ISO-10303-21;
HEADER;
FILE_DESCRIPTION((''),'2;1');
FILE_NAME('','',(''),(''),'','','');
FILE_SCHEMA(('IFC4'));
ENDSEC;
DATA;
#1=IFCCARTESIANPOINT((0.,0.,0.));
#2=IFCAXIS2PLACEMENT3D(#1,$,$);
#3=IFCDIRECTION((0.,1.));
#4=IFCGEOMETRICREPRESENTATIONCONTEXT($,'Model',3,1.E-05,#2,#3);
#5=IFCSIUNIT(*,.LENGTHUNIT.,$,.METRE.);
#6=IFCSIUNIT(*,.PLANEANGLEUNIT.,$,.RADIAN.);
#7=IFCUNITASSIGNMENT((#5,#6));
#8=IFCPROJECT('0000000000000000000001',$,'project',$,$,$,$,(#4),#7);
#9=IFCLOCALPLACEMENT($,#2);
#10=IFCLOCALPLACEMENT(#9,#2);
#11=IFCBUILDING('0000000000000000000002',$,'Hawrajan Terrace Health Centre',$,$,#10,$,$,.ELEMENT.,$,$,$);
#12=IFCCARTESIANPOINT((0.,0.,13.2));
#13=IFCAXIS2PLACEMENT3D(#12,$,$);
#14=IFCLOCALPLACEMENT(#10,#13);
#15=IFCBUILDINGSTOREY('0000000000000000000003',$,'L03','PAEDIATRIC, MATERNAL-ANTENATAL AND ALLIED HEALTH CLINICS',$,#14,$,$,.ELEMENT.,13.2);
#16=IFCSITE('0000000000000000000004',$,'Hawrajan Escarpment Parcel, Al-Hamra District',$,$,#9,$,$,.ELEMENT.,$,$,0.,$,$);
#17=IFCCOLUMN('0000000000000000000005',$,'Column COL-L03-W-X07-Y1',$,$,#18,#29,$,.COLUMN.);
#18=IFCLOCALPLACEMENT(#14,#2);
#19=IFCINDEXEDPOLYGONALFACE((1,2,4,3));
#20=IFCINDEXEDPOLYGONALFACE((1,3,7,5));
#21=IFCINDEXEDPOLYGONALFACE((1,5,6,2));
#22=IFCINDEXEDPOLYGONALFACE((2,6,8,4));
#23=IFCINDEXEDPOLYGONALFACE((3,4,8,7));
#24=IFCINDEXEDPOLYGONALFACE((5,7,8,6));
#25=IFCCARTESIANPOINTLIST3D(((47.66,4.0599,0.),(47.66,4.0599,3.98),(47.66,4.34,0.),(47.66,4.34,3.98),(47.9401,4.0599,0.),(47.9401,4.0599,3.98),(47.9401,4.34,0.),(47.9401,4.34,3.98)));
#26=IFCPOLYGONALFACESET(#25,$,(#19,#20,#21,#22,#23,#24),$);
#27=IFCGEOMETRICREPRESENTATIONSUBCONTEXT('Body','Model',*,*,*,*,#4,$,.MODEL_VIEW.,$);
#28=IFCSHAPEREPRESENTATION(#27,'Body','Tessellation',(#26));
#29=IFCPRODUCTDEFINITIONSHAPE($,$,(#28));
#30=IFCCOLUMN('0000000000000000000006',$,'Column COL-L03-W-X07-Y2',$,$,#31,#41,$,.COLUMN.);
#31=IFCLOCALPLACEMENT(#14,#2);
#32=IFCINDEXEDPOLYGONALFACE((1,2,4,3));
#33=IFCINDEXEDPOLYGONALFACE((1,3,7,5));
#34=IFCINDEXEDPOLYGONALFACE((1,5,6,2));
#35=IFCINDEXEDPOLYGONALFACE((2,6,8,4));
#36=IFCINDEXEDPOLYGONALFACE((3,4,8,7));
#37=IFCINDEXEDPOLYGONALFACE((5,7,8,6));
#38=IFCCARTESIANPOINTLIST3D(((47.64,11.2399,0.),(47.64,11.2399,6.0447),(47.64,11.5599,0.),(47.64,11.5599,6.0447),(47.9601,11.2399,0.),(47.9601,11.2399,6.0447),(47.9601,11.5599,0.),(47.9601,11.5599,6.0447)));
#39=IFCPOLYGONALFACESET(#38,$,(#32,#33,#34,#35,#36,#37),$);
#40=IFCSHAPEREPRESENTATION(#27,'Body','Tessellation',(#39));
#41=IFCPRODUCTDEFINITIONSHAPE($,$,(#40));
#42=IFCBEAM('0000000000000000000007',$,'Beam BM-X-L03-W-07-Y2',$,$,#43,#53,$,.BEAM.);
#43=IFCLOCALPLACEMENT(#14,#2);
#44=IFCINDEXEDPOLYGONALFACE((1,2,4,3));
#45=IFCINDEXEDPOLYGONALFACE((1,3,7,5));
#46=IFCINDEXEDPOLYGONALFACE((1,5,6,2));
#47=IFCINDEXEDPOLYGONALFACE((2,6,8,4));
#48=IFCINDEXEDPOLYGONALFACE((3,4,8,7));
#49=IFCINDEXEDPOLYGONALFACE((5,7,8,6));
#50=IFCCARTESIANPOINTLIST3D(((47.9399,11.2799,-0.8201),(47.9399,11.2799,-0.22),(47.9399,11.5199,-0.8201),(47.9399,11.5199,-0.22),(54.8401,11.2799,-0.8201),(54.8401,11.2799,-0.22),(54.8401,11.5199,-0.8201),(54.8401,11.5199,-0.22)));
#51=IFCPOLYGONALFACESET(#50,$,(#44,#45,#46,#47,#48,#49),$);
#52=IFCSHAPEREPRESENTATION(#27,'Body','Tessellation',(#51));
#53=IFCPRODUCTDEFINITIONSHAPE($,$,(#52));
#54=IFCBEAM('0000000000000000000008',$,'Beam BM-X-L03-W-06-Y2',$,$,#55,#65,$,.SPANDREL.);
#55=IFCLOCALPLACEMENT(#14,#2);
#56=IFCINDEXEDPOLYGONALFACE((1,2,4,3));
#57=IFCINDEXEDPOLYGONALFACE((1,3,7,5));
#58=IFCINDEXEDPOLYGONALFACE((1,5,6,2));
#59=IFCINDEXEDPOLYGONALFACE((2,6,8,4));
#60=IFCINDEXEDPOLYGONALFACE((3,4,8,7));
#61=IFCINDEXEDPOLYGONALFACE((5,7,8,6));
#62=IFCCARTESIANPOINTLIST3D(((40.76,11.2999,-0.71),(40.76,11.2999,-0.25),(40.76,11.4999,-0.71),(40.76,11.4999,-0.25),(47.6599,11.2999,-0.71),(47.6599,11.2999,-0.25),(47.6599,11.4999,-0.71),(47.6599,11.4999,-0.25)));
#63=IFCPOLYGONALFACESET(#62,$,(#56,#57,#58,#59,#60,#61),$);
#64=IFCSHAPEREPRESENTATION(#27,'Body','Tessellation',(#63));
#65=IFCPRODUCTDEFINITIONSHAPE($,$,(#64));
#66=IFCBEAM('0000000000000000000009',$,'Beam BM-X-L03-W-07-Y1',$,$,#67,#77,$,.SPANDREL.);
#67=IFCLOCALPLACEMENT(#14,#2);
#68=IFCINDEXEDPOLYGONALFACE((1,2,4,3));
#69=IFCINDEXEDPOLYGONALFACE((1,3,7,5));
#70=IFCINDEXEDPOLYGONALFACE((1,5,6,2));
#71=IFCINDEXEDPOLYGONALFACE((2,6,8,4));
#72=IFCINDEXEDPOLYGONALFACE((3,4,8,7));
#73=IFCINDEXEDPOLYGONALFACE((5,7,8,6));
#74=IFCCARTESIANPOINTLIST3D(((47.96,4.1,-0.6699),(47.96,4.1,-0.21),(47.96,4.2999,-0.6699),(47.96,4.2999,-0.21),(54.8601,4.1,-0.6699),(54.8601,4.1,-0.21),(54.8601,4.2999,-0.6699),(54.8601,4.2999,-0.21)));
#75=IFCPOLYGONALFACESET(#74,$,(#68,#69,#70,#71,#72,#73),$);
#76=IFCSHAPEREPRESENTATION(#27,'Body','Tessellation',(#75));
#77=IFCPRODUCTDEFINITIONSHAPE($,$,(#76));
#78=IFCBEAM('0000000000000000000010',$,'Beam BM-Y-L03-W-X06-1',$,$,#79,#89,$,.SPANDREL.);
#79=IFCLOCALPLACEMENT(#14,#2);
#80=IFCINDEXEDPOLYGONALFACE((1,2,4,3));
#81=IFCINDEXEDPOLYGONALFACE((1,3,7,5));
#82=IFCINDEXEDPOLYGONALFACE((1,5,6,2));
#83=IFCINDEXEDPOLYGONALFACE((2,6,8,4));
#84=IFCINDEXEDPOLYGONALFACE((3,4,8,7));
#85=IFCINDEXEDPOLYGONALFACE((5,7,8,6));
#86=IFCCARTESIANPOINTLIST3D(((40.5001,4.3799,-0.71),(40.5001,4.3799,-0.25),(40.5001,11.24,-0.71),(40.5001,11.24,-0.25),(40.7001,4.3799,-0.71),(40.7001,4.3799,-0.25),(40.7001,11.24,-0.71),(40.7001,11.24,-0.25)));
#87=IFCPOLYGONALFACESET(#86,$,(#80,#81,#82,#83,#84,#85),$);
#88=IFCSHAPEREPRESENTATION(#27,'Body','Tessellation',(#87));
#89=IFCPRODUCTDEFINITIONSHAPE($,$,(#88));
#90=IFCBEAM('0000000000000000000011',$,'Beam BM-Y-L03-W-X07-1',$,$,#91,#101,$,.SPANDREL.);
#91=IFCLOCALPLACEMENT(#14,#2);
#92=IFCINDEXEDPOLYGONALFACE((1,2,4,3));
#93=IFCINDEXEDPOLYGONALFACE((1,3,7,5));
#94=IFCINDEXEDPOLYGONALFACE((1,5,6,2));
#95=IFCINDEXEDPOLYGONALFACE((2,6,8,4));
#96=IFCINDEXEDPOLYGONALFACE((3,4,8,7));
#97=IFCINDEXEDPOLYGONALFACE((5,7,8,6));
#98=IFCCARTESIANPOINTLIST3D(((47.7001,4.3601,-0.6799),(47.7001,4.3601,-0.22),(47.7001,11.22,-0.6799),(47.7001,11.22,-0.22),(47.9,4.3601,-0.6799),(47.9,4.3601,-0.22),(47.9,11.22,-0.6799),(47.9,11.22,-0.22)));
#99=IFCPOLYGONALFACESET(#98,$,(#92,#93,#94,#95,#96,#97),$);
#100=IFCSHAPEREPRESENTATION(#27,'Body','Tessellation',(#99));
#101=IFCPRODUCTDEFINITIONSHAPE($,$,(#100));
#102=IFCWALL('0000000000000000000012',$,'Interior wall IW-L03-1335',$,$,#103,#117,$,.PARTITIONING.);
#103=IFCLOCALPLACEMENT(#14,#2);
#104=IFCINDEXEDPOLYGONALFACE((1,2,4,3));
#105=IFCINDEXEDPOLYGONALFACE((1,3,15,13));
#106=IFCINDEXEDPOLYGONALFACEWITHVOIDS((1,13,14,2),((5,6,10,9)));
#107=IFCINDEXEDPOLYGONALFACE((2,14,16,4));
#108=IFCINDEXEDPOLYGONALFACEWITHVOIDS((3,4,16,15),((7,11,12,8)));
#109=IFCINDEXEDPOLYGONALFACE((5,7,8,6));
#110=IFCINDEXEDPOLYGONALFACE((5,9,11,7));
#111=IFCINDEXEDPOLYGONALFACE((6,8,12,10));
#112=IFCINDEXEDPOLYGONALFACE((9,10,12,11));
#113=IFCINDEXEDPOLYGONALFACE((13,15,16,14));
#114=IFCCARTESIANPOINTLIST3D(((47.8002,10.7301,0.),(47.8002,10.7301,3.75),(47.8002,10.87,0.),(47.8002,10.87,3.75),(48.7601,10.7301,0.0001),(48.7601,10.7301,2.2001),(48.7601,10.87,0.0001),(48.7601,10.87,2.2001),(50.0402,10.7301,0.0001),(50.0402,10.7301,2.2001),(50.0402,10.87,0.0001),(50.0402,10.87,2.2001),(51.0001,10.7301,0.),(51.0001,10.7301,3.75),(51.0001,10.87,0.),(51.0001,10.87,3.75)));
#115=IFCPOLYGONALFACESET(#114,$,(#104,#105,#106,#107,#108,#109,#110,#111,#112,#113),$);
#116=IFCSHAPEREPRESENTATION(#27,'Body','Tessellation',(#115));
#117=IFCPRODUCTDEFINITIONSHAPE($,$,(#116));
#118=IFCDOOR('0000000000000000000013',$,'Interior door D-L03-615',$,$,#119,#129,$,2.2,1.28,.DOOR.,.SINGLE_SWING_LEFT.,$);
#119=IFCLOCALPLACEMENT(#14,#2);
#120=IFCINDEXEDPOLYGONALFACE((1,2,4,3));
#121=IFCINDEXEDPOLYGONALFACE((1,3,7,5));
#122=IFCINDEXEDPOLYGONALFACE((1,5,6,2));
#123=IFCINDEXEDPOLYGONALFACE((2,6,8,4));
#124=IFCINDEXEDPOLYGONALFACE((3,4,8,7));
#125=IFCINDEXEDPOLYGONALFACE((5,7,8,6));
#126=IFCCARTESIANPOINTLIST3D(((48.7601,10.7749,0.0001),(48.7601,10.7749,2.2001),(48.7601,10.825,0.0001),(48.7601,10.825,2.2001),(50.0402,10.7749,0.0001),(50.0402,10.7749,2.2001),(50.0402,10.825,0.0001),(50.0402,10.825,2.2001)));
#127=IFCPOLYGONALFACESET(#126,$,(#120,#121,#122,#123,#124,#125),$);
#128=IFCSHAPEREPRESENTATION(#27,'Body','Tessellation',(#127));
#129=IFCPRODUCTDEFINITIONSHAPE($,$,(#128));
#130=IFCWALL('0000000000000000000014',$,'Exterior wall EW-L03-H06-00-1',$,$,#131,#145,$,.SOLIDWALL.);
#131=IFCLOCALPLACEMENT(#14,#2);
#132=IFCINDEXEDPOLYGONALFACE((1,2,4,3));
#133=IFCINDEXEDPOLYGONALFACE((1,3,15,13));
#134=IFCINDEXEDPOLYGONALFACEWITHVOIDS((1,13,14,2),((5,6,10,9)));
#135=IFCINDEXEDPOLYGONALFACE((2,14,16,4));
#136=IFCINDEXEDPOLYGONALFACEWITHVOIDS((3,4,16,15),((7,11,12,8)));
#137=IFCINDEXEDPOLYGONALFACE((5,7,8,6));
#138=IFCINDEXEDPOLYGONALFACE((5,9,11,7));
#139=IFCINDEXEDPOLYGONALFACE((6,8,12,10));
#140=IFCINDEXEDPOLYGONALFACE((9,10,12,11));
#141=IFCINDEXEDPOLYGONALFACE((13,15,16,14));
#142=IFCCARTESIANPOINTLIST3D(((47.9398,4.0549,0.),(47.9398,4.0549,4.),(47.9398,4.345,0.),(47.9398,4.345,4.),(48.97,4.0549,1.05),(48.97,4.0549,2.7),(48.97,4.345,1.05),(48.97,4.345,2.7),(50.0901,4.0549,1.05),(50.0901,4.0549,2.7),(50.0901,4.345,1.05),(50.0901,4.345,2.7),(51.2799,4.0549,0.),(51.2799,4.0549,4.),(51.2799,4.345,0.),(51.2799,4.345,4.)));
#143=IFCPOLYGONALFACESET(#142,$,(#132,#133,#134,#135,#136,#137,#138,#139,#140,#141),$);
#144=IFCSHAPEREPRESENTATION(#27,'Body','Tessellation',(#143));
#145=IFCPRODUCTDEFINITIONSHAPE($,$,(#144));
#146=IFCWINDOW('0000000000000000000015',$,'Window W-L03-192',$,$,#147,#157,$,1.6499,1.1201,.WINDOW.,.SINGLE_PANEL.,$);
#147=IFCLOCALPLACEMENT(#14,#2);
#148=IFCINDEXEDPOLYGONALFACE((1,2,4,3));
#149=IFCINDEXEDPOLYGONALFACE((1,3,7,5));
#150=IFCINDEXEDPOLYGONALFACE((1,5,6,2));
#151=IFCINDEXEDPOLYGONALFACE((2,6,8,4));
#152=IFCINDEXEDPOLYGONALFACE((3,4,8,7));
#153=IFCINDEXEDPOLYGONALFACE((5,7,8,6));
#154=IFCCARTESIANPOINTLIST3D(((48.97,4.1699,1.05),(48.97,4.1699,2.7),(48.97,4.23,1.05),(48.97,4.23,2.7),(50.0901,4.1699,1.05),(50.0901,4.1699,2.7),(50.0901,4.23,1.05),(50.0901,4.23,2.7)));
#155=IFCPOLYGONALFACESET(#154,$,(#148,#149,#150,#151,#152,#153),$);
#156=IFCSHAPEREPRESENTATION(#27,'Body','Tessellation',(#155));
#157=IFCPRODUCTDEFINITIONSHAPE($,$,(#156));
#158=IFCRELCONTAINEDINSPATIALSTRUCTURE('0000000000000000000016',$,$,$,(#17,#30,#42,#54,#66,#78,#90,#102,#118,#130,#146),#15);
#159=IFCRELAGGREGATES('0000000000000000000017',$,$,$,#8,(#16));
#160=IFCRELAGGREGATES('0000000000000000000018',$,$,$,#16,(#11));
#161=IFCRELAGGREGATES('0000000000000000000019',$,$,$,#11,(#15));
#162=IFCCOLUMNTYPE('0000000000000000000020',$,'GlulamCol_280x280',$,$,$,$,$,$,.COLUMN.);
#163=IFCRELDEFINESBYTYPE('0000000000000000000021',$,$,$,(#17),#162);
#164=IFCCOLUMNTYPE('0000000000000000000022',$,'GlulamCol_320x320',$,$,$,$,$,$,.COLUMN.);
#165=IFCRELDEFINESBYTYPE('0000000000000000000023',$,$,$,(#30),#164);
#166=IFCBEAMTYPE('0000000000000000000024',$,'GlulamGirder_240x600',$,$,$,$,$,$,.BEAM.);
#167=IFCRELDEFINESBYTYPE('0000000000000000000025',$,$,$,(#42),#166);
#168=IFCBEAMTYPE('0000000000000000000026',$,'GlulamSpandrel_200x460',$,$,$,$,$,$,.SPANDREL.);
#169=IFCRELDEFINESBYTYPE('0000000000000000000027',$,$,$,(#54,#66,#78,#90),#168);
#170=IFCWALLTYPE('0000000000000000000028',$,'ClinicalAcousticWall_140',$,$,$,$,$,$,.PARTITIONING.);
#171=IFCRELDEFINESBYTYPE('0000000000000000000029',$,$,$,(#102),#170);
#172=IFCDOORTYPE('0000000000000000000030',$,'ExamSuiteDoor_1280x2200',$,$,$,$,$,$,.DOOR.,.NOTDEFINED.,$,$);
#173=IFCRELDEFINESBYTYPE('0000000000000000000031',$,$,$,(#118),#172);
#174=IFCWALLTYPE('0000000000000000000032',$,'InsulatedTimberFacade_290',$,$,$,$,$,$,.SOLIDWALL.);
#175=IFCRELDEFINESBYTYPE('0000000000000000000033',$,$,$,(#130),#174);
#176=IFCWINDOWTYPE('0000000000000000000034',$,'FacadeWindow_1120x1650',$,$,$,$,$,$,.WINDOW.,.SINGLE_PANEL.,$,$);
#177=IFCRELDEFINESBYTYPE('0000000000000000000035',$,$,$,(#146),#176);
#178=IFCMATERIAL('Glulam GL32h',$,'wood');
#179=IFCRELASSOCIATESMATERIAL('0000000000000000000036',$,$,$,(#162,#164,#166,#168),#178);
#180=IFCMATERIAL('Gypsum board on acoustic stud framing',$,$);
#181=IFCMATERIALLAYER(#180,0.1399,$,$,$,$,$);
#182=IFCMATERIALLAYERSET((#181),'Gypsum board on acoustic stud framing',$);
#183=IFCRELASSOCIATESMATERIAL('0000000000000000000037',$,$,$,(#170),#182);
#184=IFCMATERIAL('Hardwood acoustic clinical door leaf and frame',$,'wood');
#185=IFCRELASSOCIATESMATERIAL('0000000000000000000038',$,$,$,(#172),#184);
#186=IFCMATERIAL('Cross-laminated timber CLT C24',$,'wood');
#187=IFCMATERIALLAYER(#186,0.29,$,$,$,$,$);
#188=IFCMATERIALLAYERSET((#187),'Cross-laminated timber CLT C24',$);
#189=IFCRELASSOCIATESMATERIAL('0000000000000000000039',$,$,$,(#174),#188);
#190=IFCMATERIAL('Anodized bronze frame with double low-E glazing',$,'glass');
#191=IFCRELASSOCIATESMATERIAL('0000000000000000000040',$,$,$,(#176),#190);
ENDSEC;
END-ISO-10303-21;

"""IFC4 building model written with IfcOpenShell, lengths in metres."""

from ifc_helpers import new_model, si_unit, direction, frame, frame_2d, origin, origin_2d, place, context, subcontext, project, spatial, rectangle, extrude, material, layer, layer_set, material_profile, profile_set, type_object, element, fill, save


model = new_model("IFC4")

# Units and contexts
model_context = context("Model", 3, precision=1e-05, world=origin(), true_north=direction((0.0, 1.0)))
body_context = subcontext(model_context, "Body", "Model", "MODEL_VIEW")
ifc_project = project(units=[si_unit("LENGTHUNIT", "METRE"), si_unit("PLANEANGLEUNIT", "RADIAN")], contexts=[model_context])

# Site, building, storey
site_placement = place(None, origin())
site = spatial("IfcSite", under=ifc_project, at=site_placement, Name="Hawrajan Escarpment Parcel, Al-Hamra District", CompositionType="ELEMENT", RefElevation=0.0)
building_placement = place(site_placement, origin())
building = spatial("IfcBuilding", under=site, at=building_placement, Name="Hawrajan Terrace Health Centre", CompositionType="ELEMENT")
storey_placement = place(building_placement, frame((0.0, 0.0, 13.2)))
storey = spatial("IfcBuildingStorey", under=building, at=storey_placement, Name="L03", Description="PAEDIATRIC, MATERNAL-ANTENATAL AND ALLIED HEALTH CLINICS", CompositionType="ELEMENT", Elevation=13.2)

# Columns
ifc_material_1 = material(Name="Glulam GL32h", Category="wood")
ifc_material_profile_1 = material_profile(ifc_material_1, rectangle(XDim=0.28, YDim=0.28, at=origin_2d()), Name="GL 280x280")
ifc_profile_set_1 = profile_set([ifc_material_profile_1], Name="Glulam GL32h")
column_type_1 = type_object("IfcColumnType", Name="GlulamCol_280x280", PredefinedType="COLUMN", material=ifc_profile_set_1)
column_1_placement = place(storey_placement, frame((47.8, 4.2, 0.0), z_axis=(0.0, 0.0, 1.0), x_axis=(1.0, 0.0, 0.0)))
element("IfcColumn", 1, at=column_1_placement, inside=storey, type_object=column_type_1, Name="Column COL-L03-W-X07-Y1", PredefinedType="COLUMN", context=body_context, shape_type="SweptSolid", body=[
    extrude(rectangle(XDim=0.28, YDim=0.28, at=origin_2d()), origin(), (0.0, 0.0, 1.0), 3.98),
])
ifc_material_profile_2 = material_profile(ifc_material_1, rectangle(XDim=0.3201, YDim=0.3201, at=origin_2d()), Name="GL 320x320")
ifc_profile_set_2 = profile_set([ifc_material_profile_2], Name="Glulam GL32h")
column_type_2 = type_object("IfcColumnType", Name="GlulamCol_320x320", PredefinedType="COLUMN", material=ifc_profile_set_2)
column_2_placement = place(storey_placement, frame((47.8, 11.3999, 0.0), z_axis=(0.0, 0.0, 1.0), x_axis=(1.0, 0.0, 0.0)))
element("IfcColumn", 2, at=column_2_placement, inside=storey, type_object=column_type_2, Name="Column COL-L03-W-X07-Y2", PredefinedType="COLUMN", context=body_context, shape_type="SweptSolid", body=[
    extrude(rectangle(XDim=0.3201, YDim=0.3201, at=origin_2d()), origin(), (0.0, 0.0, 1.0), 6.0447),
])

# Beams
ifc_material_profile_3 = material_profile(ifc_material_1, rectangle(XDim=0.24, YDim=0.6001, at=origin_2d()), Name="GL BM 240x600")
ifc_profile_set_3 = profile_set([ifc_material_profile_3], Name="Glulam GL32h")
beam_type_1 = type_object("IfcBeamType", Name="GlulamGirder_240x600", PredefinedType="BEAM", material=ifc_profile_set_3)
beam_1_placement = place(storey_placement, frame((47.9399, 11.3999, -0.52), z_axis=(1.0, 0.0, 0.0), x_axis=(0.0, 1.0, 0.0)))
element("IfcBeam", 3, at=beam_1_placement, inside=storey, type_object=beam_type_1, Name="Beam BM-X-L03-W-07-Y2", PredefinedType="BEAM", context=body_context, shape_type="SweptSolid", body=[
    extrude(rectangle(XDim=0.24, YDim=0.6001, at=origin_2d()), origin(), (0.0, 0.0, 1.0), 6.9001),
])
ifc_material_profile_4 = material_profile(ifc_material_1, rectangle(XDim=0.2, YDim=0.46, at=origin_2d()), Name="GL SP 200x460")
ifc_profile_set_4 = profile_set([ifc_material_profile_4], Name="Glulam GL32h")
beam_type_2 = type_object("IfcBeamType", Name="GlulamSpandrel_200x460", PredefinedType="SPANDREL", material=ifc_profile_set_4)
beam_2_placement = place(storey_placement, frame((40.76, 11.3999, -0.48), z_axis=(1.0, 0.0, 0.0), x_axis=(0.0, 1.0, 0.0)))
element("IfcBeam", 4, at=beam_2_placement, inside=storey, type_object=beam_type_2, Name="Beam BM-X-L03-W-06-Y2", PredefinedType="SPANDREL", context=body_context, shape_type="SweptSolid", body=[
    extrude(rectangle(XDim=0.2, YDim=0.46, at=origin_2d()), origin(), (0.0, 0.0, 1.0), 6.8999),
])
beam_3_placement = place(storey_placement, frame((47.96, 4.2, -0.4399), z_axis=(1.0, 0.0, 0.0), x_axis=(0.0, 1.0, 0.0)))
element("IfcBeam", 5, at=beam_3_placement, inside=storey, type_object=beam_type_2, Name="Beam BM-X-L03-W-07-Y1", PredefinedType="SPANDREL", context=body_context, shape_type="SweptSolid", body=[
    extrude(rectangle(XDim=0.2, YDim=0.46, at=origin_2d()), origin(), (0.0, 0.0, 1.0), 6.9001),
])
beam_4_placement = place(storey_placement, frame((40.6001, 4.3799, -0.48), z_axis=(0.0, 1.0, 0.0), x_axis=(-1.0, 0.0, 0.0)))
element("IfcBeam", 6, at=beam_4_placement, inside=storey, type_object=beam_type_2, Name="Beam BM-Y-L03-W-X06-1", PredefinedType="SPANDREL", context=body_context, shape_type="SweptSolid", body=[
    extrude(rectangle(XDim=0.2, YDim=0.46, at=origin_2d()), origin(), (0.0, 0.0, 1.0), 6.8601),
])
beam_5_placement = place(storey_placement, frame((47.8, 4.3601, -0.45), z_axis=(0.0, 1.0, 0.0), x_axis=(-1.0, 0.0, 0.0)))
element("IfcBeam", 7, at=beam_5_placement, inside=storey, type_object=beam_type_2, Name="Beam BM-Y-L03-W-X07-1", PredefinedType="SPANDREL", context=body_context, shape_type="SweptSolid", body=[
    extrude(rectangle(XDim=0.2, YDim=0.46, at=origin_2d()), origin(), (0.0, 0.0, 1.0), 6.8599),
])

# Wall, opening, door
ifc_material_2 = material(Name="Gypsum board on acoustic stud framing")
ifc_layer_1 = layer(ifc_material_2, 0.1399)
ifc_layer_set_1 = layer_set([ifc_layer_1], Name="Gypsum board on acoustic stud framing")
wall_type_1 = type_object("IfcWallType", Name="ClinicalAcousticWall_140", PredefinedType="PARTITIONING", material=ifc_layer_set_1)
wall_1_placement = place(storey_placement, frame((47.8, 10.8, 0.0), z_axis=(0.0, 0.0, 1.0), x_axis=(1.0, 0.0, 0.0)))
wall_1 = element("IfcWall", 8, at=wall_1_placement, inside=storey, type_object=wall_type_1, Name="Interior wall IW-L03-1335", PredefinedType="PARTITIONING", context=body_context, shape_type="SweptSolid", body=[
    extrude(rectangle(XDim=3.2, YDim=0.1399, at=frame_2d((1.6001, 0.0))), origin(), (0.0, 0.0, 1.0), 3.75),
])
opening_1_placement = place(wall_1_placement, frame((0.96, 0.0, 0.0)))
opening_1 = element("IfcOpeningElement", 9, at=opening_1_placement, cuts=wall_1, PredefinedType="OPENING", context=body_context, shape_type="SweptSolid", body=[
    extrude(rectangle(XDim=1.28, YDim=2.2, at=frame_2d((0.6401, 1.1001))), frame((0.0, 0.0798, 0.0), z_axis=(0.0, -1.0, 0.0), x_axis=(1.0, 0.0, 0.0)), (0.0, 0.0, 1.0), 0.1599),
])
ifc_material_3 = material(Name="Hardwood acoustic clinical door leaf and frame", Category="wood")
door_type = type_object("IfcDoorType", Name="ExamSuiteDoor_1280x2200", OperationType="NOTDEFINED", PredefinedType="DOOR", material=ifc_material_3)
door_placement = place(opening_1_placement, origin())
door = element("IfcDoor", 10, at=door_placement, inside=storey, type_object=door_type, Name="Interior door D-L03-615", OperationType="SINGLE_SWING_LEFT", OverallHeight=2.2, OverallWidth=1.28, PredefinedType="DOOR", context=body_context, shape_type="SweptSolid", body=[
    extrude(rectangle(XDim=1.28, YDim=2.2, at=frame_2d((0.6401, 1.1001))), frame((0.0, 0.0249, 0.0), z_axis=(0.0, -1.0, 0.0), x_axis=(1.0, 0.0, 0.0)), (0.0, 0.0, 1.0), 0.05),
])
fill(opening_1, door)

# Wall, opening, window
ifc_material_4 = material(Name="Cross-laminated timber CLT C24", Category="wood")
ifc_layer_2 = layer(ifc_material_4, 0.29)
ifc_layer_set_2 = layer_set([ifc_layer_2], Name="Cross-laminated timber CLT C24")
wall_type_2 = type_object("IfcWallType", Name="InsulatedTimberFacade_290", PredefinedType="SOLIDWALL", material=ifc_layer_set_2)
wall_2_placement = place(storey_placement, frame((47.9399, 4.2, 0.0), z_axis=(0.0, 0.0, 1.0), x_axis=(1.0, 0.0, 0.0)))
wall_2 = element("IfcWall", 11, at=wall_2_placement, inside=storey, type_object=wall_type_2, Name="Exterior wall EW-L03-H06-00-1", PredefinedType="SOLIDWALL", context=body_context, shape_type="SweptSolid", body=[
    extrude(rectangle(XDim=3.3401, YDim=0.29, at=frame_2d((1.6699, 0.0))), origin(), (0.0, 0.0, 1.0), 4.0),
])
opening_2_placement = place(wall_2_placement, frame((1.03, 0.0, 1.05)))
opening_2 = element("IfcOpeningElement", 12, at=opening_2_placement, cuts=wall_2, PredefinedType="OPENING", context=body_context, shape_type="SweptSolid", body=[
    extrude(rectangle(XDim=1.1201, YDim=1.6499, at=frame_2d((0.5601, 0.825))), frame((0.0, 0.155, 0.0), z_axis=(0.0, -1.0, 0.0), x_axis=(1.0, 0.0, 0.0)), (0.0, 0.0, 1.0), 0.3101),
])
ifc_material_5 = material(Name="Anodized bronze frame with double low-E glazing", Category="glass")
window_type_1 = type_object("IfcWindowType", Name="FacadeWindow_1120x1650", PartitioningType="SINGLE_PANEL", PredefinedType="WINDOW", material=ifc_material_5)
window_1_placement = place(opening_2_placement, origin())
window_1 = element("IfcWindow", 13, at=window_1_placement, inside=storey, type_object=window_type_1, Name="Window W-L03-192", OverallHeight=1.6499, OverallWidth=1.1201, PartitioningType="SINGLE_PANEL", PredefinedType="WINDOW", context=body_context, shape_type="SweptSolid", body=[
    extrude(rectangle(XDim=1.1201, YDim=1.6499, at=frame_2d((0.5601, 0.825))), frame((0.0, 0.03, 0.0), z_axis=(0.0, -1.0, 0.0), x_axis=(1.0, 0.0, 0.0)), (0.0, 0.0, 1.0), 0.0601),
])
fill(opening_2, window_1)

save(model, "model.ifc")
